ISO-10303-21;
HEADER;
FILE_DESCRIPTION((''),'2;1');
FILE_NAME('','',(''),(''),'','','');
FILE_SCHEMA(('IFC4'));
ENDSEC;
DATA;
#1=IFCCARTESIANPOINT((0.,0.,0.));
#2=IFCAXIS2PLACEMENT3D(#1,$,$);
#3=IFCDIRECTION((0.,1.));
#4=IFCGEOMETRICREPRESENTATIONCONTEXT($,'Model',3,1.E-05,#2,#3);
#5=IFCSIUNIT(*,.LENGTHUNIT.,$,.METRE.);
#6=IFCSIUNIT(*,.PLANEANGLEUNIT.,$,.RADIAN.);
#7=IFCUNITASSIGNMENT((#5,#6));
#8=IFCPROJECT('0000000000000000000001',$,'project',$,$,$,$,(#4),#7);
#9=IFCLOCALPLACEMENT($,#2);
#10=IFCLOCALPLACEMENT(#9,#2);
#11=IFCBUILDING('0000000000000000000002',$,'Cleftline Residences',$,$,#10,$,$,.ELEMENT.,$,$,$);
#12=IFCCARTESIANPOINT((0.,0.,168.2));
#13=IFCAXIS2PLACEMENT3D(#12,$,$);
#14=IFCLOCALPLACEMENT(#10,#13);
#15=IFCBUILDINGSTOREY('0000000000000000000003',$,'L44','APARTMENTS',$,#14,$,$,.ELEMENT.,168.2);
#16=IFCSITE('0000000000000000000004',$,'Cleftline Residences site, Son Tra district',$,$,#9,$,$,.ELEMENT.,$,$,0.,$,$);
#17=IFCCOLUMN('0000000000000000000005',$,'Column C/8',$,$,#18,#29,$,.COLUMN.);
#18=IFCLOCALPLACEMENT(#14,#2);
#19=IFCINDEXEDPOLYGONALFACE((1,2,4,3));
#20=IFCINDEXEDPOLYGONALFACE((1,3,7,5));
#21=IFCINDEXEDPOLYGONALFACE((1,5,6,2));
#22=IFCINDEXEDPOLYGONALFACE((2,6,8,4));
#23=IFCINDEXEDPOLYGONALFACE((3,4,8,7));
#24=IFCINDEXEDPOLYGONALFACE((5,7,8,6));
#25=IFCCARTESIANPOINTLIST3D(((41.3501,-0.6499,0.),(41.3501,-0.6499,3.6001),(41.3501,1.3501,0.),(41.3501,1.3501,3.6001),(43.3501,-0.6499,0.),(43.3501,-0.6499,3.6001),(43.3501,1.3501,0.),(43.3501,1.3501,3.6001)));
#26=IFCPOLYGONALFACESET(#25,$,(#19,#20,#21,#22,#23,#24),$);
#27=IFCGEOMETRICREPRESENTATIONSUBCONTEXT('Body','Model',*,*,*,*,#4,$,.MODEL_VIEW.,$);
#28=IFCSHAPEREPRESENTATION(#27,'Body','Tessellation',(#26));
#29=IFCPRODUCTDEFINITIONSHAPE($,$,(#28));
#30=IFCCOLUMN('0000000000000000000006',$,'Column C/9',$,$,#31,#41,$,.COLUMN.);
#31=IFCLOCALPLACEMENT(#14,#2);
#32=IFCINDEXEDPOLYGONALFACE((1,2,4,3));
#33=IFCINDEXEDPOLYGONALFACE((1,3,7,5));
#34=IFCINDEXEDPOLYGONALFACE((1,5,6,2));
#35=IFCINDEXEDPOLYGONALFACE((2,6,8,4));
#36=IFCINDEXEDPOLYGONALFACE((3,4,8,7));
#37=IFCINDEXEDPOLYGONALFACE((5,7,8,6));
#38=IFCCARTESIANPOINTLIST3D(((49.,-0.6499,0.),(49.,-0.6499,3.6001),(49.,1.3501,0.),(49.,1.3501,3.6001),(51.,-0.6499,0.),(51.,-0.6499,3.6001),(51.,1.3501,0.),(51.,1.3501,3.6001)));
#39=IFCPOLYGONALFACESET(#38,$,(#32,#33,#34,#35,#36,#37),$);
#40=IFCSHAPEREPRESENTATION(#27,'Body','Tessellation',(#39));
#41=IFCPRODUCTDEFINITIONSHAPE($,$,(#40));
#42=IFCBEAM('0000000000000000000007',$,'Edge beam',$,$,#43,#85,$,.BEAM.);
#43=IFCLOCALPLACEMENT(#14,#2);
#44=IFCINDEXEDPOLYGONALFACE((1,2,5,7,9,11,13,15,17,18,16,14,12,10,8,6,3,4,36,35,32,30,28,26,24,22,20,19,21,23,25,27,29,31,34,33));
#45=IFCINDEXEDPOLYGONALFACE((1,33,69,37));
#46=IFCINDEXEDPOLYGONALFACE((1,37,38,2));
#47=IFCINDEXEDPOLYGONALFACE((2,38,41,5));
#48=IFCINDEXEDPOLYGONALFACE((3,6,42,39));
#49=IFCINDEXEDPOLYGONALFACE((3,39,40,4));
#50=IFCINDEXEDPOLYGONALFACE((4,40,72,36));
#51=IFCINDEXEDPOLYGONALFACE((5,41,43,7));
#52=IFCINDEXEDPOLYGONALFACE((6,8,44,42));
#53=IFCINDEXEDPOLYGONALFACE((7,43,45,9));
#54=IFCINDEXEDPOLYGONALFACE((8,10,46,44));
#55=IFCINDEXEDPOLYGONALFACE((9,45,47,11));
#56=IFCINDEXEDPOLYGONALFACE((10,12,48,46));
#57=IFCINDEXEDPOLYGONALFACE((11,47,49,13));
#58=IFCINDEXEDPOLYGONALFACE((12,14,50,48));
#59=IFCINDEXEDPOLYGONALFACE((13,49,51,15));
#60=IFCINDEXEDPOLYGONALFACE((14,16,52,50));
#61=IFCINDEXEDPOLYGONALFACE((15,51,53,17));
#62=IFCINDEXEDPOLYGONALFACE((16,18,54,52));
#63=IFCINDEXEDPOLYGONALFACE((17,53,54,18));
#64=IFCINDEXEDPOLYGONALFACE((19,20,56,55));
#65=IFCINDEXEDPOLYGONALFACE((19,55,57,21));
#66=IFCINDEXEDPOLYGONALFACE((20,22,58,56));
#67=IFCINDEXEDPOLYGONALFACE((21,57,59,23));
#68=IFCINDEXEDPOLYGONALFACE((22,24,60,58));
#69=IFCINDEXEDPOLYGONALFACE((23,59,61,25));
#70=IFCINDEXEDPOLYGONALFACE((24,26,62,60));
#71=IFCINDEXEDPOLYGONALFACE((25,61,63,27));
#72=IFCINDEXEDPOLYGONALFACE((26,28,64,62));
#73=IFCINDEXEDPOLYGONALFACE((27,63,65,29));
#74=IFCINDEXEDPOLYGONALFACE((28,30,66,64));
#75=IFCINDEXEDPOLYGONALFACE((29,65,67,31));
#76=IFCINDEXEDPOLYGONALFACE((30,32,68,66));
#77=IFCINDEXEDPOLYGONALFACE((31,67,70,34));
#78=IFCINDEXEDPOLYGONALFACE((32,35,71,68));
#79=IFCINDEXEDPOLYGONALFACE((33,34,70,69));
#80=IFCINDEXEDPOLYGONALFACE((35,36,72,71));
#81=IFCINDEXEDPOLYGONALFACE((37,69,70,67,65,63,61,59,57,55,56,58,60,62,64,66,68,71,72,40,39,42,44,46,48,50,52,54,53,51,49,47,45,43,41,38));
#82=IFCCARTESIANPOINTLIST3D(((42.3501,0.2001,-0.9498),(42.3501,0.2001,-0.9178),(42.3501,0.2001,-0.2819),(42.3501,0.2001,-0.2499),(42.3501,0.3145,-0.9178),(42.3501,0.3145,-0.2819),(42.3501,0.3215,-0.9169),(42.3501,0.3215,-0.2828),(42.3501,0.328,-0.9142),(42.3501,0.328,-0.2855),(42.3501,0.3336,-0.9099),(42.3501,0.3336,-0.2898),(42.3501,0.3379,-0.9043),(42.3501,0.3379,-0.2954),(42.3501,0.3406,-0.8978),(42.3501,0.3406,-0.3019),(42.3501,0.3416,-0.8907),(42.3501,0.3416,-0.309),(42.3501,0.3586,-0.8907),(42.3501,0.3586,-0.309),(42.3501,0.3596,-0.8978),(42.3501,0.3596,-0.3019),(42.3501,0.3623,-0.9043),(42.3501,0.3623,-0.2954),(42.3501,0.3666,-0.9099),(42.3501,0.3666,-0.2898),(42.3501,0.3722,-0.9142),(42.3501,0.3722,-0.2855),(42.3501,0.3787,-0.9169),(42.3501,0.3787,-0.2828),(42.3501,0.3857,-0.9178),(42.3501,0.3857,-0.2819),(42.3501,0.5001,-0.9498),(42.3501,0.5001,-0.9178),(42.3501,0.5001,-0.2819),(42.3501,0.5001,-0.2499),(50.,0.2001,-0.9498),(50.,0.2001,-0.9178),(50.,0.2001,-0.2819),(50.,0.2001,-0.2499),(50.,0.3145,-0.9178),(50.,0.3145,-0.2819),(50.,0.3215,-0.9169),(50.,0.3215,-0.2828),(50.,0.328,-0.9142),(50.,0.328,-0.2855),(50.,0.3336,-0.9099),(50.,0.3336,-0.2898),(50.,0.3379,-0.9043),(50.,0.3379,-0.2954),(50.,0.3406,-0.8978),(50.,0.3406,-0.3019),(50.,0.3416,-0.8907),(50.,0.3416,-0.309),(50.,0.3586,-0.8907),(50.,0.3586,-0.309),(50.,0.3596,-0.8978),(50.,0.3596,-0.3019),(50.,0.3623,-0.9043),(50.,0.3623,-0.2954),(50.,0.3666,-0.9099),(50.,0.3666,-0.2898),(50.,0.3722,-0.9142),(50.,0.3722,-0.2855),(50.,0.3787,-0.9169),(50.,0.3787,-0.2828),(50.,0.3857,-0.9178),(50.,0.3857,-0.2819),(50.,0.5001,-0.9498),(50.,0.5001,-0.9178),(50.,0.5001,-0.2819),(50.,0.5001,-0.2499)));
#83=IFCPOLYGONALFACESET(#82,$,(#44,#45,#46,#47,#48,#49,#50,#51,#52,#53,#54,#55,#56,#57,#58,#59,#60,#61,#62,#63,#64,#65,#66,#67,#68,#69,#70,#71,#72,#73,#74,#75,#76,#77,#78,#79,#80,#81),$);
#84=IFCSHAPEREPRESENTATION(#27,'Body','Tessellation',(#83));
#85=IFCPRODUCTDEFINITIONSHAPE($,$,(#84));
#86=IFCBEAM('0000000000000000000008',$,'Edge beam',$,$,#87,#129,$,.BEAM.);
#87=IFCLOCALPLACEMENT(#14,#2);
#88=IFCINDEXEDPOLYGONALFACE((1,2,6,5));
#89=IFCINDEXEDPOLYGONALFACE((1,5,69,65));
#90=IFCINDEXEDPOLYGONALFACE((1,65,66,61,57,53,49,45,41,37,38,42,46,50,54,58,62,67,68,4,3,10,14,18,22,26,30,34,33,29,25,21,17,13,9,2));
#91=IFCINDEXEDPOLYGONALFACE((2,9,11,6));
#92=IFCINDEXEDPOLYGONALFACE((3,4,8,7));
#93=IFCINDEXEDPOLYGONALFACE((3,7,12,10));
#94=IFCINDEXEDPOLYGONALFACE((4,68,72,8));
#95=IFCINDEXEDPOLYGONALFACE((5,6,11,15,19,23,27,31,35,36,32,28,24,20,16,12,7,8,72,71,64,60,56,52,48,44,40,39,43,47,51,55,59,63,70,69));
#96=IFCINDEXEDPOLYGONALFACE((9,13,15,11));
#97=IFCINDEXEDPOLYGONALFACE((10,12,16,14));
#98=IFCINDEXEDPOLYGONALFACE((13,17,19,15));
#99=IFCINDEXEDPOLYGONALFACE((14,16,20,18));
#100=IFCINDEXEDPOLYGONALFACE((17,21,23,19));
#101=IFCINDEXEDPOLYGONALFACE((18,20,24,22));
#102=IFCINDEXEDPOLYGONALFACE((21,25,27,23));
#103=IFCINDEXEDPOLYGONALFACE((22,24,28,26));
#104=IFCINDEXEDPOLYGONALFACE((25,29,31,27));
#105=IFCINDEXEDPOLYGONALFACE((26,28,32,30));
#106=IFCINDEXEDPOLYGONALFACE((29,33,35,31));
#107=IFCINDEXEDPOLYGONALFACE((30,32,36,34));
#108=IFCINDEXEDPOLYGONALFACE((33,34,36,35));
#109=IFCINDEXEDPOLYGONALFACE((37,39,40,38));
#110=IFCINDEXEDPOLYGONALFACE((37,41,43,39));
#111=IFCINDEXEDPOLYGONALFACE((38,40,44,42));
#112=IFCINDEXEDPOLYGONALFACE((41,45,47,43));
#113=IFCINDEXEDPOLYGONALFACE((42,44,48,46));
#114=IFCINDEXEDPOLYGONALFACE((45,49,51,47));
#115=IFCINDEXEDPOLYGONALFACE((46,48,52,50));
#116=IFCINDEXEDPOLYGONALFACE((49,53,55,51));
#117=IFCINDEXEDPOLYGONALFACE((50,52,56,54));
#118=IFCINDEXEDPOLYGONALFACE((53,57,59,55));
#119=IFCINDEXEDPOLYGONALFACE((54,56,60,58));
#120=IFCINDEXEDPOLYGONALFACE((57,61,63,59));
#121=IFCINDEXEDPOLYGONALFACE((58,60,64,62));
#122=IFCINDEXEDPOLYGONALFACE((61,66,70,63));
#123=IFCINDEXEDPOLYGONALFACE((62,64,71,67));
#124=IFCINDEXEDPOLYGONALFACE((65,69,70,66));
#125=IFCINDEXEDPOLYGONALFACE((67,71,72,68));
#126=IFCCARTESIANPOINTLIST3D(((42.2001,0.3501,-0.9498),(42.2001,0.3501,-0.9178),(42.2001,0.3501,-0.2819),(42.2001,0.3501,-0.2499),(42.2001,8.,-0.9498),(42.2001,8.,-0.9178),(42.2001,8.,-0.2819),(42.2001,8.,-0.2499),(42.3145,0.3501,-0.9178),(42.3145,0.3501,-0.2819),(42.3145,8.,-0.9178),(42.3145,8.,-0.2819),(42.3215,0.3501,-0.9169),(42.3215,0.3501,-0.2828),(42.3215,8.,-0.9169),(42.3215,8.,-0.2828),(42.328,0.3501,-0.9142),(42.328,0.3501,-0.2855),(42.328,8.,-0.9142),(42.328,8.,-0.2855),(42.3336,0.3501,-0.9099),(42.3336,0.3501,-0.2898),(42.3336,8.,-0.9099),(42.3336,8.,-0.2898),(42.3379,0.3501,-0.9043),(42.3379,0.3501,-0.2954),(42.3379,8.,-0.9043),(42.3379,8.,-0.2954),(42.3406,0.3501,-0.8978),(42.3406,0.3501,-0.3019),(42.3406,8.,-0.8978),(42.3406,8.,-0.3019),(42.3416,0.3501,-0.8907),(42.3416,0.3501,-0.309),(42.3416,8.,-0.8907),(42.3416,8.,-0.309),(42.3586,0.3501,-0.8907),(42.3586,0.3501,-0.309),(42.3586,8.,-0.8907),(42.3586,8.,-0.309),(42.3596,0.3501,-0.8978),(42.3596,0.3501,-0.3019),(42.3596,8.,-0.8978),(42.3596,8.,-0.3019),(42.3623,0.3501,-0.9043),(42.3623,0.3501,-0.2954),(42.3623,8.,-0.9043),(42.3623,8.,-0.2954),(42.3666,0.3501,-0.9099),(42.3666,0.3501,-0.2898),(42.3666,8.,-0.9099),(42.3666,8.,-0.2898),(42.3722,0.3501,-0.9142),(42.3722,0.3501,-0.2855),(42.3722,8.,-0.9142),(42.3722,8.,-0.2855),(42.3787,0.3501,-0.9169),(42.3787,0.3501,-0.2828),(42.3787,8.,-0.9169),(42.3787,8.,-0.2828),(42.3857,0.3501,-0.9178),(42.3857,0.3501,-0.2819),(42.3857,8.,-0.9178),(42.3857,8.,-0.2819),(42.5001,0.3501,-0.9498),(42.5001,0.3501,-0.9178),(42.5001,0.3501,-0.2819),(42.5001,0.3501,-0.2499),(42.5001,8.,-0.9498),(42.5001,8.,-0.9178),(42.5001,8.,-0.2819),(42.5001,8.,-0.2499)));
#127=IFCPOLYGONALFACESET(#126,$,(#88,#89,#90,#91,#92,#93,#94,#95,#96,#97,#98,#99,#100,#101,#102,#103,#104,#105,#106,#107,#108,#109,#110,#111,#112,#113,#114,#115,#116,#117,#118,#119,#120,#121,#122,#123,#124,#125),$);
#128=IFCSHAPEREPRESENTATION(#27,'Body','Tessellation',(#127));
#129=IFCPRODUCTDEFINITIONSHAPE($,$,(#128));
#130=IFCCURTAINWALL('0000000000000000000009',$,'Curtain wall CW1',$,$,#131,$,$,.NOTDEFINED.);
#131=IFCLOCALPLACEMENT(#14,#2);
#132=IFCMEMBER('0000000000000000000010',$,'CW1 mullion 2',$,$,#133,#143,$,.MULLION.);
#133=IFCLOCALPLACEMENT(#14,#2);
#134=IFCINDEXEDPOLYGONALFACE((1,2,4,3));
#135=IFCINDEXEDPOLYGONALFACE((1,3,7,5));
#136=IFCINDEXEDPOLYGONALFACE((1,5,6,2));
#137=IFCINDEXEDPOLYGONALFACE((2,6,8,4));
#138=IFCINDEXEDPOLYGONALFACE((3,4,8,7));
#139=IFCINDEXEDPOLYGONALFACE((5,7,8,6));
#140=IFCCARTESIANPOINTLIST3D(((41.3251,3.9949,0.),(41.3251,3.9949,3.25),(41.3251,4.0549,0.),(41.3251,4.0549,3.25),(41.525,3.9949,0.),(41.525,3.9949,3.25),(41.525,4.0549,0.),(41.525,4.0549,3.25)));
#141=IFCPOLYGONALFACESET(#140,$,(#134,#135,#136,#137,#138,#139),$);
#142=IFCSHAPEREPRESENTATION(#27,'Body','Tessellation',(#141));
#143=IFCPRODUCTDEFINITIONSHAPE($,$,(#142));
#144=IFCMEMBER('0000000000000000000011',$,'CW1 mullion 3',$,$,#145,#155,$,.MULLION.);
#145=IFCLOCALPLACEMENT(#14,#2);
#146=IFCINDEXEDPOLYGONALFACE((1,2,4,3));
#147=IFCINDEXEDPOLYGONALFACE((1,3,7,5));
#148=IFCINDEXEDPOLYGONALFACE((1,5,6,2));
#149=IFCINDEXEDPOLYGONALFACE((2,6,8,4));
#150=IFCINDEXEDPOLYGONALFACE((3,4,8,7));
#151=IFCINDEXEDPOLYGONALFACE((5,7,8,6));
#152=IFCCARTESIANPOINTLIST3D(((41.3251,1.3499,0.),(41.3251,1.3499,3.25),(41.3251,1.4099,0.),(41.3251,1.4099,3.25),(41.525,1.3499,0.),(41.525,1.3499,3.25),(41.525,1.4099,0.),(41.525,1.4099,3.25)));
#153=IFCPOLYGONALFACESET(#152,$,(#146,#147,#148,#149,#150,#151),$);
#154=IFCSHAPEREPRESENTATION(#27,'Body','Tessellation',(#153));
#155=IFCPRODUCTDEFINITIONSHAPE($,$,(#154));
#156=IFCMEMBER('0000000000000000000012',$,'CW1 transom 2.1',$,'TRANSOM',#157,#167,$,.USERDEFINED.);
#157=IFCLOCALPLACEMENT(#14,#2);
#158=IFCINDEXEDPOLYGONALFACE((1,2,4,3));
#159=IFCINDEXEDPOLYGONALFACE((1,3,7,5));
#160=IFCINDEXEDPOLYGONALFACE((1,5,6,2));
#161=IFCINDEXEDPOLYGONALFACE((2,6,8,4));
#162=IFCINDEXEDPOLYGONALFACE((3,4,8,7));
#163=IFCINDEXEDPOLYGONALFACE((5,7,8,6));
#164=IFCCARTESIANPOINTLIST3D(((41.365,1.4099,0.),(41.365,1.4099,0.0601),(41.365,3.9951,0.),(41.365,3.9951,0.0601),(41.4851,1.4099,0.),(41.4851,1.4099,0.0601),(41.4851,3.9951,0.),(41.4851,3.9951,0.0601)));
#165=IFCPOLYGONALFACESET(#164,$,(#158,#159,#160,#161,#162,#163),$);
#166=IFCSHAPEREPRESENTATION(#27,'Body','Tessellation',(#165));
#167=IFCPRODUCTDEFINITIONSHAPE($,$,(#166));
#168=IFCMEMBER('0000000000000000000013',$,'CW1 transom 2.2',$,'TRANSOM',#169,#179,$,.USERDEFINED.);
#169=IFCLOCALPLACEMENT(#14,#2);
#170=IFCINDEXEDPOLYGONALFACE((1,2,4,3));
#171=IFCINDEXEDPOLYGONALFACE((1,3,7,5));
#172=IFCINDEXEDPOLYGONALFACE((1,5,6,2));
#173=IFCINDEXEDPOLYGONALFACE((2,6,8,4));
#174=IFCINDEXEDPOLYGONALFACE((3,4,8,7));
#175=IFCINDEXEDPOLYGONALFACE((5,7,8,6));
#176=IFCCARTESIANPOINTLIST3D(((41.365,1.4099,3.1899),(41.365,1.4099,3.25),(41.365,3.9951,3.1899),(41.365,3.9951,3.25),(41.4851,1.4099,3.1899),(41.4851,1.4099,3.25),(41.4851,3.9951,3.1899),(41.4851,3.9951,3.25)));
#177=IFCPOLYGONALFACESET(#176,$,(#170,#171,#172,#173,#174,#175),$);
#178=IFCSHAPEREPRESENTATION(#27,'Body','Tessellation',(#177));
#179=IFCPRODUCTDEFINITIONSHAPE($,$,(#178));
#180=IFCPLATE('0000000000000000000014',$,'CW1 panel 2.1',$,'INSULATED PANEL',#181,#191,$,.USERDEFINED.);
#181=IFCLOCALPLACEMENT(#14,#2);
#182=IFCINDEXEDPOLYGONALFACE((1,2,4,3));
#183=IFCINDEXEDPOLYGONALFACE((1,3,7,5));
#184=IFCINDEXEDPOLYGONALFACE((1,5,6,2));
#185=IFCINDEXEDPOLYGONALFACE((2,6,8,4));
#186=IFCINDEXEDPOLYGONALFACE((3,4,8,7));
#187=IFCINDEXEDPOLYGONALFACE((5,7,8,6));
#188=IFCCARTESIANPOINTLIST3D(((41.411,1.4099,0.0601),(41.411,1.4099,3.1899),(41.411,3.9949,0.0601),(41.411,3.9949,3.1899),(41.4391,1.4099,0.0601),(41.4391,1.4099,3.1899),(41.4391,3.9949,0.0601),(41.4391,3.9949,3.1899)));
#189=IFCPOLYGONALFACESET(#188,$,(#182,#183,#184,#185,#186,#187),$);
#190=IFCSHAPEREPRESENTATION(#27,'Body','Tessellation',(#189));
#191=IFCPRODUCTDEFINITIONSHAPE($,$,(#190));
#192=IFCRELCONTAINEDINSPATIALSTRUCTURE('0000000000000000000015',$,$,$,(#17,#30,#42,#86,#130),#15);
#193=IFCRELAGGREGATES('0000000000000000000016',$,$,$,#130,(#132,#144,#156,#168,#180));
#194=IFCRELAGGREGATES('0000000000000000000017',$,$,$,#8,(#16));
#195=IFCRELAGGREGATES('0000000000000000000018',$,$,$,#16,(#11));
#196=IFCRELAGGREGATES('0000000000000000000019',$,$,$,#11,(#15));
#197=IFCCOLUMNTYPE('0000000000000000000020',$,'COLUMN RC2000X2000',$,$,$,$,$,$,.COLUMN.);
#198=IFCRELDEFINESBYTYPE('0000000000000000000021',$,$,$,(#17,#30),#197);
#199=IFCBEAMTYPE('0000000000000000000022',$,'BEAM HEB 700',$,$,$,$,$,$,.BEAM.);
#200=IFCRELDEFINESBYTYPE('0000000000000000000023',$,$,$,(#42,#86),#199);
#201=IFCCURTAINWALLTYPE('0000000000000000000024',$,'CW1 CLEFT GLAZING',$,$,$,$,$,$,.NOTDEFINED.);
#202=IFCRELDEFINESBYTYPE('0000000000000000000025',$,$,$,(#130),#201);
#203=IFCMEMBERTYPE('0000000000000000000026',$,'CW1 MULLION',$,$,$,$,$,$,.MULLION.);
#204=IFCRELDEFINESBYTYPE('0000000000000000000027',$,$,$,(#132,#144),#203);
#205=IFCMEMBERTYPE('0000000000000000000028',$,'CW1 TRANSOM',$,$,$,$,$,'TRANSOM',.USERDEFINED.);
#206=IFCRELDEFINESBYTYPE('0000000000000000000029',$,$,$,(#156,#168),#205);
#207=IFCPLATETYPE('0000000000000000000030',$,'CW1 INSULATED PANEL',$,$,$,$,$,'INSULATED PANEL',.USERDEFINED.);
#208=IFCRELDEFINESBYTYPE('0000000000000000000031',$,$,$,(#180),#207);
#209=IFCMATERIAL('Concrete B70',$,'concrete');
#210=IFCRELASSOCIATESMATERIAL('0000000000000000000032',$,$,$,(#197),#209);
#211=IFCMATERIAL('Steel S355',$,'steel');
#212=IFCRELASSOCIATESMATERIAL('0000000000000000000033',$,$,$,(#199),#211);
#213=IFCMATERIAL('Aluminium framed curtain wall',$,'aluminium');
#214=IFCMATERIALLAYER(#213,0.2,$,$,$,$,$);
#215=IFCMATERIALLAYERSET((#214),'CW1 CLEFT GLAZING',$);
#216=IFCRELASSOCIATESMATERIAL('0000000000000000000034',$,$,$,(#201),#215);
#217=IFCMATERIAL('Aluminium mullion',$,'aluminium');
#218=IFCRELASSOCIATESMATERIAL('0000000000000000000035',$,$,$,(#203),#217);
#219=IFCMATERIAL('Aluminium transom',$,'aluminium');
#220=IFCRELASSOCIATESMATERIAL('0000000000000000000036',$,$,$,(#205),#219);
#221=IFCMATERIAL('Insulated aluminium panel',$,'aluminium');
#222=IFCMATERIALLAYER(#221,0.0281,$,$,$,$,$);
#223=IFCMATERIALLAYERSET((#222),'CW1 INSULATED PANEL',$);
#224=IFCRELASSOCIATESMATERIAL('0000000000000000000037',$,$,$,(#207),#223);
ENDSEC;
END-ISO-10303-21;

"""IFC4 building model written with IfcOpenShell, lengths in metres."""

from ifc_helpers import new_model, si_unit, direction, frame, origin, origin_2d, place, context, subcontext, project, spatial, rectangle, i_section, extrude, material, layer, layer_set, material_profile, profile_set, type_object, element, aggregate, save


model = new_model("IFC4")

# Units and contexts
model_context = context("Model", 3, precision=1e-05, world=origin(), true_north=direction((0.0, 1.0)))
body_context = subcontext(model_context, "Body", "Model", "MODEL_VIEW")
ifc_project = project(units=[si_unit("LENGTHUNIT", "METRE"), si_unit("PLANEANGLEUNIT", "RADIAN")], contexts=[model_context])

# Site, building, storey
site_placement = place(None, origin())
site = spatial("IfcSite", under=ifc_project, at=site_placement, Name="Cleftline Residences site, Son Tra district", CompositionType="ELEMENT", RefElevation=0.0)
building_placement = place(site_placement, origin())
building = spatial("IfcBuilding", under=site, at=building_placement, Name="Cleftline Residences", CompositionType="ELEMENT")
storey_placement = place(building_placement, frame((0.0, 0.0, 168.2)))
storey = spatial("IfcBuildingStorey", under=building, at=storey_placement, Name="L44", Description="APARTMENTS", CompositionType="ELEMENT", Elevation=168.2)

# Columns
ifc_material_1 = material(Name="Concrete B70", Category="concrete")
ifc_material_profile_1 = material_profile(ifc_material_1, rectangle(XDim=2.0, YDim=2.0, at=origin_2d()))
ifc_profile_set_1 = profile_set([ifc_material_profile_1], Name="Concrete B70")
column_type = type_object("IfcColumnType", Name="COLUMN RC2000X2000", PredefinedType="COLUMN", material=ifc_profile_set_1)
for number, where, z_axis, x_axis, name in (
    (1, (42.3501, 0.3501, 0.0), (0.0, 0.0, 1.0), (1.0, 0.0, 0.0), "Column C/8"),
    (2, (50.0, 0.3501, 0.0), (0.0, 0.0, 1.0), (1.0, 0.0, 0.0), "Column C/9"),
):
    element("IfcColumn", number, at=place(storey_placement, frame(where, z_axis=z_axis, x_axis=x_axis)), inside=storey, type_object=column_type, Name=name, PredefinedType="COLUMN", context=body_context, shape_type="SweptSolid", body=[
        extrude(rectangle(XDim=2.0, YDim=2.0, at=origin_2d()), origin(), (0.0, 0.0, 1.0), 3.6001),
    ])

# Beams
ifc_material_2 = material(Name="Steel S355", Category="steel")
ifc_material_profile_2 = material_profile(ifc_material_2, i_section(OverallWidth=0.3, OverallDepth=0.7, WebThickness=0.0171, FlangeThickness=0.032, FilletRadius=0.0271, at=origin_2d()))
ifc_profile_set_2 = profile_set([ifc_material_profile_2], Name="Steel S355")
beam_type = type_object("IfcBeamType", Name="BEAM HEB 700", PredefinedType="BEAM", material=ifc_profile_set_2)
for number, where, z_axis, x_axis, name in (
    (3, (50.0, 0.3501, -0.5999), (-1.0, 0.0, 0.0), (0.0, -1.0, 0.0), "Edge beam"),
    (4, (42.3501, 0.3501, -0.5999), (0.0, 1.0, 0.0), (-1.0, 0.0, 0.0), "Edge beam"),
):
    element("IfcBeam", number, at=place(storey_placement, frame(where, z_axis=z_axis, x_axis=x_axis)), inside=storey, type_object=beam_type, Name=name, PredefinedType="BEAM", context=body_context, shape_type="SweptSolid", body=[
        extrude(i_section(OverallWidth=0.3, OverallDepth=0.7, WebThickness=0.0171, FlangeThickness=0.032, FilletRadius=0.0271, at=origin_2d()), origin(), (0.0, 0.0, 1.0), 7.6499),
    ])

# Curtain wall, members, plate
ifc_material_3 = material(Name="Aluminium framed curtain wall", Category="aluminium")
ifc_layer_1 = layer(ifc_material_3, 0.2)
ifc_layer_set_1 = layer_set([ifc_layer_1], Name="CW1 CLEFT GLAZING")
curtain_wall_type = type_object("IfcCurtainWallType", Name="CW1 CLEFT GLAZING", PredefinedType="NOTDEFINED", material=ifc_layer_set_1)
curtain_wall_placement = place(storey_placement, origin())
curtain_wall = element("IfcCurtainWall", 5, at=curtain_wall_placement, inside=storey, type_object=curtain_wall_type, Name="Curtain wall CW1", PredefinedType="NOTDEFINED")
ifc_material_4 = material(Name="Aluminium mullion", Category="aluminium")
ifc_material_profile_3 = material_profile(ifc_material_4, rectangle(XDim=0.2, YDim=0.0601, at=origin_2d()))
ifc_profile_set_3 = profile_set([ifc_material_profile_3], Name="Aluminium mullion")
member_type_1 = type_object("IfcMemberType", Name="CW1 MULLION", PredefinedType="MULLION", material=ifc_profile_set_3)
member_1_placement = place(storey_placement, frame((41.425, 4.0249, 0.0), z_axis=(0.0, 0.0, 1.0), x_axis=(1.0, 0.0, 0.0)))
member_1 = element("IfcMember", 6, at=member_1_placement, type_object=member_type_1, Name="CW1 mullion 2", PredefinedType="MULLION", context=body_context, shape_type="SweptSolid", body=[
    extrude(rectangle(XDim=0.2, YDim=0.0601, at=origin_2d()), origin(), (0.0, 0.0, 1.0), 3.25),
])
member_2_placement = place(storey_placement, frame((41.425, 1.3799, 0.0), z_axis=(0.0, 0.0, 1.0), x_axis=(1.0, 0.0, 0.0)))
member_2 = element("IfcMember", 7, at=member_2_placement, type_object=member_type_1, Name="CW1 mullion 3", PredefinedType="MULLION", context=body_context, shape_type="SweptSolid", body=[
    extrude(rectangle(XDim=0.2, YDim=0.0601, at=origin_2d()), origin(), (0.0, 0.0, 1.0), 3.25),
])
ifc_material_5 = material(Name="Aluminium transom", Category="aluminium")
ifc_material_profile_4 = material_profile(ifc_material_5, rectangle(XDim=0.1201, YDim=0.0601, at=origin_2d()))
ifc_profile_set_4 = profile_set([ifc_material_profile_4], Name="Aluminium transom")
member_type_2 = type_object("IfcMemberType", Name="CW1 TRANSOM", ElementType="TRANSOM", PredefinedType="USERDEFINED", material=ifc_profile_set_4)
member_3_placement = place(storey_placement, frame((41.425, 3.9951, 0.03), z_axis=(0.0, -1.0, 0.0), x_axis=(1.0, 0.0, 0.0)))
member_3 = element("IfcMember", 8, at=member_3_placement, type_object=member_type_2, Name="CW1 transom 2.1", ObjectType="TRANSOM", PredefinedType="USERDEFINED", context=body_context, shape_type="SweptSolid", body=[
    extrude(rectangle(XDim=0.1201, YDim=0.0601, at=origin_2d()), origin(), (0.0, 0.0, 1.0), 2.5852),
])
member_4_placement = place(storey_placement, frame((41.425, 3.9951, 3.22), z_axis=(0.0, -1.0, 0.0), x_axis=(1.0, 0.0, 0.0)))
member_4 = element("IfcMember", 9, at=member_4_placement, type_object=member_type_2, Name="CW1 transom 2.2", ObjectType="TRANSOM", PredefinedType="USERDEFINED", context=body_context, shape_type="SweptSolid", body=[
    extrude(rectangle(XDim=0.1201, YDim=0.0601, at=origin_2d()), origin(), (0.0, 0.0, 1.0), 2.5852),
])
ifc_material_6 = material(Name="Insulated aluminium panel", Category="aluminium")
ifc_layer_2 = layer(ifc_material_6, 0.0281)
ifc_layer_set_2 = layer_set([ifc_layer_2], Name="CW1 INSULATED PANEL")
plate_type = type_object("IfcPlateType", Name="CW1 INSULATED PANEL", ElementType="INSULATED PANEL", PredefinedType="USERDEFINED", material=ifc_layer_set_2)
plate_placement = place(storey_placement, frame((41.425, 2.7024, 0.0601), z_axis=(0.0, 0.0, 1.0), x_axis=(0.0, -1.0, 0.0)))
plate = element("IfcPlate", 10, at=plate_placement, type_object=plate_type, Name="CW1 panel 2.1", ObjectType="INSULATED PANEL", PredefinedType="USERDEFINED", context=body_context, shape_type="SweptSolid", body=[
    extrude(rectangle(XDim=2.585, YDim=0.0281, at=origin_2d()), origin(), (0.0, 0.0, 1.0), 3.1299),
])
aggregate(curtain_wall, [member_1, member_2, member_3, member_4, plate])

save(model, "model.ifc")
